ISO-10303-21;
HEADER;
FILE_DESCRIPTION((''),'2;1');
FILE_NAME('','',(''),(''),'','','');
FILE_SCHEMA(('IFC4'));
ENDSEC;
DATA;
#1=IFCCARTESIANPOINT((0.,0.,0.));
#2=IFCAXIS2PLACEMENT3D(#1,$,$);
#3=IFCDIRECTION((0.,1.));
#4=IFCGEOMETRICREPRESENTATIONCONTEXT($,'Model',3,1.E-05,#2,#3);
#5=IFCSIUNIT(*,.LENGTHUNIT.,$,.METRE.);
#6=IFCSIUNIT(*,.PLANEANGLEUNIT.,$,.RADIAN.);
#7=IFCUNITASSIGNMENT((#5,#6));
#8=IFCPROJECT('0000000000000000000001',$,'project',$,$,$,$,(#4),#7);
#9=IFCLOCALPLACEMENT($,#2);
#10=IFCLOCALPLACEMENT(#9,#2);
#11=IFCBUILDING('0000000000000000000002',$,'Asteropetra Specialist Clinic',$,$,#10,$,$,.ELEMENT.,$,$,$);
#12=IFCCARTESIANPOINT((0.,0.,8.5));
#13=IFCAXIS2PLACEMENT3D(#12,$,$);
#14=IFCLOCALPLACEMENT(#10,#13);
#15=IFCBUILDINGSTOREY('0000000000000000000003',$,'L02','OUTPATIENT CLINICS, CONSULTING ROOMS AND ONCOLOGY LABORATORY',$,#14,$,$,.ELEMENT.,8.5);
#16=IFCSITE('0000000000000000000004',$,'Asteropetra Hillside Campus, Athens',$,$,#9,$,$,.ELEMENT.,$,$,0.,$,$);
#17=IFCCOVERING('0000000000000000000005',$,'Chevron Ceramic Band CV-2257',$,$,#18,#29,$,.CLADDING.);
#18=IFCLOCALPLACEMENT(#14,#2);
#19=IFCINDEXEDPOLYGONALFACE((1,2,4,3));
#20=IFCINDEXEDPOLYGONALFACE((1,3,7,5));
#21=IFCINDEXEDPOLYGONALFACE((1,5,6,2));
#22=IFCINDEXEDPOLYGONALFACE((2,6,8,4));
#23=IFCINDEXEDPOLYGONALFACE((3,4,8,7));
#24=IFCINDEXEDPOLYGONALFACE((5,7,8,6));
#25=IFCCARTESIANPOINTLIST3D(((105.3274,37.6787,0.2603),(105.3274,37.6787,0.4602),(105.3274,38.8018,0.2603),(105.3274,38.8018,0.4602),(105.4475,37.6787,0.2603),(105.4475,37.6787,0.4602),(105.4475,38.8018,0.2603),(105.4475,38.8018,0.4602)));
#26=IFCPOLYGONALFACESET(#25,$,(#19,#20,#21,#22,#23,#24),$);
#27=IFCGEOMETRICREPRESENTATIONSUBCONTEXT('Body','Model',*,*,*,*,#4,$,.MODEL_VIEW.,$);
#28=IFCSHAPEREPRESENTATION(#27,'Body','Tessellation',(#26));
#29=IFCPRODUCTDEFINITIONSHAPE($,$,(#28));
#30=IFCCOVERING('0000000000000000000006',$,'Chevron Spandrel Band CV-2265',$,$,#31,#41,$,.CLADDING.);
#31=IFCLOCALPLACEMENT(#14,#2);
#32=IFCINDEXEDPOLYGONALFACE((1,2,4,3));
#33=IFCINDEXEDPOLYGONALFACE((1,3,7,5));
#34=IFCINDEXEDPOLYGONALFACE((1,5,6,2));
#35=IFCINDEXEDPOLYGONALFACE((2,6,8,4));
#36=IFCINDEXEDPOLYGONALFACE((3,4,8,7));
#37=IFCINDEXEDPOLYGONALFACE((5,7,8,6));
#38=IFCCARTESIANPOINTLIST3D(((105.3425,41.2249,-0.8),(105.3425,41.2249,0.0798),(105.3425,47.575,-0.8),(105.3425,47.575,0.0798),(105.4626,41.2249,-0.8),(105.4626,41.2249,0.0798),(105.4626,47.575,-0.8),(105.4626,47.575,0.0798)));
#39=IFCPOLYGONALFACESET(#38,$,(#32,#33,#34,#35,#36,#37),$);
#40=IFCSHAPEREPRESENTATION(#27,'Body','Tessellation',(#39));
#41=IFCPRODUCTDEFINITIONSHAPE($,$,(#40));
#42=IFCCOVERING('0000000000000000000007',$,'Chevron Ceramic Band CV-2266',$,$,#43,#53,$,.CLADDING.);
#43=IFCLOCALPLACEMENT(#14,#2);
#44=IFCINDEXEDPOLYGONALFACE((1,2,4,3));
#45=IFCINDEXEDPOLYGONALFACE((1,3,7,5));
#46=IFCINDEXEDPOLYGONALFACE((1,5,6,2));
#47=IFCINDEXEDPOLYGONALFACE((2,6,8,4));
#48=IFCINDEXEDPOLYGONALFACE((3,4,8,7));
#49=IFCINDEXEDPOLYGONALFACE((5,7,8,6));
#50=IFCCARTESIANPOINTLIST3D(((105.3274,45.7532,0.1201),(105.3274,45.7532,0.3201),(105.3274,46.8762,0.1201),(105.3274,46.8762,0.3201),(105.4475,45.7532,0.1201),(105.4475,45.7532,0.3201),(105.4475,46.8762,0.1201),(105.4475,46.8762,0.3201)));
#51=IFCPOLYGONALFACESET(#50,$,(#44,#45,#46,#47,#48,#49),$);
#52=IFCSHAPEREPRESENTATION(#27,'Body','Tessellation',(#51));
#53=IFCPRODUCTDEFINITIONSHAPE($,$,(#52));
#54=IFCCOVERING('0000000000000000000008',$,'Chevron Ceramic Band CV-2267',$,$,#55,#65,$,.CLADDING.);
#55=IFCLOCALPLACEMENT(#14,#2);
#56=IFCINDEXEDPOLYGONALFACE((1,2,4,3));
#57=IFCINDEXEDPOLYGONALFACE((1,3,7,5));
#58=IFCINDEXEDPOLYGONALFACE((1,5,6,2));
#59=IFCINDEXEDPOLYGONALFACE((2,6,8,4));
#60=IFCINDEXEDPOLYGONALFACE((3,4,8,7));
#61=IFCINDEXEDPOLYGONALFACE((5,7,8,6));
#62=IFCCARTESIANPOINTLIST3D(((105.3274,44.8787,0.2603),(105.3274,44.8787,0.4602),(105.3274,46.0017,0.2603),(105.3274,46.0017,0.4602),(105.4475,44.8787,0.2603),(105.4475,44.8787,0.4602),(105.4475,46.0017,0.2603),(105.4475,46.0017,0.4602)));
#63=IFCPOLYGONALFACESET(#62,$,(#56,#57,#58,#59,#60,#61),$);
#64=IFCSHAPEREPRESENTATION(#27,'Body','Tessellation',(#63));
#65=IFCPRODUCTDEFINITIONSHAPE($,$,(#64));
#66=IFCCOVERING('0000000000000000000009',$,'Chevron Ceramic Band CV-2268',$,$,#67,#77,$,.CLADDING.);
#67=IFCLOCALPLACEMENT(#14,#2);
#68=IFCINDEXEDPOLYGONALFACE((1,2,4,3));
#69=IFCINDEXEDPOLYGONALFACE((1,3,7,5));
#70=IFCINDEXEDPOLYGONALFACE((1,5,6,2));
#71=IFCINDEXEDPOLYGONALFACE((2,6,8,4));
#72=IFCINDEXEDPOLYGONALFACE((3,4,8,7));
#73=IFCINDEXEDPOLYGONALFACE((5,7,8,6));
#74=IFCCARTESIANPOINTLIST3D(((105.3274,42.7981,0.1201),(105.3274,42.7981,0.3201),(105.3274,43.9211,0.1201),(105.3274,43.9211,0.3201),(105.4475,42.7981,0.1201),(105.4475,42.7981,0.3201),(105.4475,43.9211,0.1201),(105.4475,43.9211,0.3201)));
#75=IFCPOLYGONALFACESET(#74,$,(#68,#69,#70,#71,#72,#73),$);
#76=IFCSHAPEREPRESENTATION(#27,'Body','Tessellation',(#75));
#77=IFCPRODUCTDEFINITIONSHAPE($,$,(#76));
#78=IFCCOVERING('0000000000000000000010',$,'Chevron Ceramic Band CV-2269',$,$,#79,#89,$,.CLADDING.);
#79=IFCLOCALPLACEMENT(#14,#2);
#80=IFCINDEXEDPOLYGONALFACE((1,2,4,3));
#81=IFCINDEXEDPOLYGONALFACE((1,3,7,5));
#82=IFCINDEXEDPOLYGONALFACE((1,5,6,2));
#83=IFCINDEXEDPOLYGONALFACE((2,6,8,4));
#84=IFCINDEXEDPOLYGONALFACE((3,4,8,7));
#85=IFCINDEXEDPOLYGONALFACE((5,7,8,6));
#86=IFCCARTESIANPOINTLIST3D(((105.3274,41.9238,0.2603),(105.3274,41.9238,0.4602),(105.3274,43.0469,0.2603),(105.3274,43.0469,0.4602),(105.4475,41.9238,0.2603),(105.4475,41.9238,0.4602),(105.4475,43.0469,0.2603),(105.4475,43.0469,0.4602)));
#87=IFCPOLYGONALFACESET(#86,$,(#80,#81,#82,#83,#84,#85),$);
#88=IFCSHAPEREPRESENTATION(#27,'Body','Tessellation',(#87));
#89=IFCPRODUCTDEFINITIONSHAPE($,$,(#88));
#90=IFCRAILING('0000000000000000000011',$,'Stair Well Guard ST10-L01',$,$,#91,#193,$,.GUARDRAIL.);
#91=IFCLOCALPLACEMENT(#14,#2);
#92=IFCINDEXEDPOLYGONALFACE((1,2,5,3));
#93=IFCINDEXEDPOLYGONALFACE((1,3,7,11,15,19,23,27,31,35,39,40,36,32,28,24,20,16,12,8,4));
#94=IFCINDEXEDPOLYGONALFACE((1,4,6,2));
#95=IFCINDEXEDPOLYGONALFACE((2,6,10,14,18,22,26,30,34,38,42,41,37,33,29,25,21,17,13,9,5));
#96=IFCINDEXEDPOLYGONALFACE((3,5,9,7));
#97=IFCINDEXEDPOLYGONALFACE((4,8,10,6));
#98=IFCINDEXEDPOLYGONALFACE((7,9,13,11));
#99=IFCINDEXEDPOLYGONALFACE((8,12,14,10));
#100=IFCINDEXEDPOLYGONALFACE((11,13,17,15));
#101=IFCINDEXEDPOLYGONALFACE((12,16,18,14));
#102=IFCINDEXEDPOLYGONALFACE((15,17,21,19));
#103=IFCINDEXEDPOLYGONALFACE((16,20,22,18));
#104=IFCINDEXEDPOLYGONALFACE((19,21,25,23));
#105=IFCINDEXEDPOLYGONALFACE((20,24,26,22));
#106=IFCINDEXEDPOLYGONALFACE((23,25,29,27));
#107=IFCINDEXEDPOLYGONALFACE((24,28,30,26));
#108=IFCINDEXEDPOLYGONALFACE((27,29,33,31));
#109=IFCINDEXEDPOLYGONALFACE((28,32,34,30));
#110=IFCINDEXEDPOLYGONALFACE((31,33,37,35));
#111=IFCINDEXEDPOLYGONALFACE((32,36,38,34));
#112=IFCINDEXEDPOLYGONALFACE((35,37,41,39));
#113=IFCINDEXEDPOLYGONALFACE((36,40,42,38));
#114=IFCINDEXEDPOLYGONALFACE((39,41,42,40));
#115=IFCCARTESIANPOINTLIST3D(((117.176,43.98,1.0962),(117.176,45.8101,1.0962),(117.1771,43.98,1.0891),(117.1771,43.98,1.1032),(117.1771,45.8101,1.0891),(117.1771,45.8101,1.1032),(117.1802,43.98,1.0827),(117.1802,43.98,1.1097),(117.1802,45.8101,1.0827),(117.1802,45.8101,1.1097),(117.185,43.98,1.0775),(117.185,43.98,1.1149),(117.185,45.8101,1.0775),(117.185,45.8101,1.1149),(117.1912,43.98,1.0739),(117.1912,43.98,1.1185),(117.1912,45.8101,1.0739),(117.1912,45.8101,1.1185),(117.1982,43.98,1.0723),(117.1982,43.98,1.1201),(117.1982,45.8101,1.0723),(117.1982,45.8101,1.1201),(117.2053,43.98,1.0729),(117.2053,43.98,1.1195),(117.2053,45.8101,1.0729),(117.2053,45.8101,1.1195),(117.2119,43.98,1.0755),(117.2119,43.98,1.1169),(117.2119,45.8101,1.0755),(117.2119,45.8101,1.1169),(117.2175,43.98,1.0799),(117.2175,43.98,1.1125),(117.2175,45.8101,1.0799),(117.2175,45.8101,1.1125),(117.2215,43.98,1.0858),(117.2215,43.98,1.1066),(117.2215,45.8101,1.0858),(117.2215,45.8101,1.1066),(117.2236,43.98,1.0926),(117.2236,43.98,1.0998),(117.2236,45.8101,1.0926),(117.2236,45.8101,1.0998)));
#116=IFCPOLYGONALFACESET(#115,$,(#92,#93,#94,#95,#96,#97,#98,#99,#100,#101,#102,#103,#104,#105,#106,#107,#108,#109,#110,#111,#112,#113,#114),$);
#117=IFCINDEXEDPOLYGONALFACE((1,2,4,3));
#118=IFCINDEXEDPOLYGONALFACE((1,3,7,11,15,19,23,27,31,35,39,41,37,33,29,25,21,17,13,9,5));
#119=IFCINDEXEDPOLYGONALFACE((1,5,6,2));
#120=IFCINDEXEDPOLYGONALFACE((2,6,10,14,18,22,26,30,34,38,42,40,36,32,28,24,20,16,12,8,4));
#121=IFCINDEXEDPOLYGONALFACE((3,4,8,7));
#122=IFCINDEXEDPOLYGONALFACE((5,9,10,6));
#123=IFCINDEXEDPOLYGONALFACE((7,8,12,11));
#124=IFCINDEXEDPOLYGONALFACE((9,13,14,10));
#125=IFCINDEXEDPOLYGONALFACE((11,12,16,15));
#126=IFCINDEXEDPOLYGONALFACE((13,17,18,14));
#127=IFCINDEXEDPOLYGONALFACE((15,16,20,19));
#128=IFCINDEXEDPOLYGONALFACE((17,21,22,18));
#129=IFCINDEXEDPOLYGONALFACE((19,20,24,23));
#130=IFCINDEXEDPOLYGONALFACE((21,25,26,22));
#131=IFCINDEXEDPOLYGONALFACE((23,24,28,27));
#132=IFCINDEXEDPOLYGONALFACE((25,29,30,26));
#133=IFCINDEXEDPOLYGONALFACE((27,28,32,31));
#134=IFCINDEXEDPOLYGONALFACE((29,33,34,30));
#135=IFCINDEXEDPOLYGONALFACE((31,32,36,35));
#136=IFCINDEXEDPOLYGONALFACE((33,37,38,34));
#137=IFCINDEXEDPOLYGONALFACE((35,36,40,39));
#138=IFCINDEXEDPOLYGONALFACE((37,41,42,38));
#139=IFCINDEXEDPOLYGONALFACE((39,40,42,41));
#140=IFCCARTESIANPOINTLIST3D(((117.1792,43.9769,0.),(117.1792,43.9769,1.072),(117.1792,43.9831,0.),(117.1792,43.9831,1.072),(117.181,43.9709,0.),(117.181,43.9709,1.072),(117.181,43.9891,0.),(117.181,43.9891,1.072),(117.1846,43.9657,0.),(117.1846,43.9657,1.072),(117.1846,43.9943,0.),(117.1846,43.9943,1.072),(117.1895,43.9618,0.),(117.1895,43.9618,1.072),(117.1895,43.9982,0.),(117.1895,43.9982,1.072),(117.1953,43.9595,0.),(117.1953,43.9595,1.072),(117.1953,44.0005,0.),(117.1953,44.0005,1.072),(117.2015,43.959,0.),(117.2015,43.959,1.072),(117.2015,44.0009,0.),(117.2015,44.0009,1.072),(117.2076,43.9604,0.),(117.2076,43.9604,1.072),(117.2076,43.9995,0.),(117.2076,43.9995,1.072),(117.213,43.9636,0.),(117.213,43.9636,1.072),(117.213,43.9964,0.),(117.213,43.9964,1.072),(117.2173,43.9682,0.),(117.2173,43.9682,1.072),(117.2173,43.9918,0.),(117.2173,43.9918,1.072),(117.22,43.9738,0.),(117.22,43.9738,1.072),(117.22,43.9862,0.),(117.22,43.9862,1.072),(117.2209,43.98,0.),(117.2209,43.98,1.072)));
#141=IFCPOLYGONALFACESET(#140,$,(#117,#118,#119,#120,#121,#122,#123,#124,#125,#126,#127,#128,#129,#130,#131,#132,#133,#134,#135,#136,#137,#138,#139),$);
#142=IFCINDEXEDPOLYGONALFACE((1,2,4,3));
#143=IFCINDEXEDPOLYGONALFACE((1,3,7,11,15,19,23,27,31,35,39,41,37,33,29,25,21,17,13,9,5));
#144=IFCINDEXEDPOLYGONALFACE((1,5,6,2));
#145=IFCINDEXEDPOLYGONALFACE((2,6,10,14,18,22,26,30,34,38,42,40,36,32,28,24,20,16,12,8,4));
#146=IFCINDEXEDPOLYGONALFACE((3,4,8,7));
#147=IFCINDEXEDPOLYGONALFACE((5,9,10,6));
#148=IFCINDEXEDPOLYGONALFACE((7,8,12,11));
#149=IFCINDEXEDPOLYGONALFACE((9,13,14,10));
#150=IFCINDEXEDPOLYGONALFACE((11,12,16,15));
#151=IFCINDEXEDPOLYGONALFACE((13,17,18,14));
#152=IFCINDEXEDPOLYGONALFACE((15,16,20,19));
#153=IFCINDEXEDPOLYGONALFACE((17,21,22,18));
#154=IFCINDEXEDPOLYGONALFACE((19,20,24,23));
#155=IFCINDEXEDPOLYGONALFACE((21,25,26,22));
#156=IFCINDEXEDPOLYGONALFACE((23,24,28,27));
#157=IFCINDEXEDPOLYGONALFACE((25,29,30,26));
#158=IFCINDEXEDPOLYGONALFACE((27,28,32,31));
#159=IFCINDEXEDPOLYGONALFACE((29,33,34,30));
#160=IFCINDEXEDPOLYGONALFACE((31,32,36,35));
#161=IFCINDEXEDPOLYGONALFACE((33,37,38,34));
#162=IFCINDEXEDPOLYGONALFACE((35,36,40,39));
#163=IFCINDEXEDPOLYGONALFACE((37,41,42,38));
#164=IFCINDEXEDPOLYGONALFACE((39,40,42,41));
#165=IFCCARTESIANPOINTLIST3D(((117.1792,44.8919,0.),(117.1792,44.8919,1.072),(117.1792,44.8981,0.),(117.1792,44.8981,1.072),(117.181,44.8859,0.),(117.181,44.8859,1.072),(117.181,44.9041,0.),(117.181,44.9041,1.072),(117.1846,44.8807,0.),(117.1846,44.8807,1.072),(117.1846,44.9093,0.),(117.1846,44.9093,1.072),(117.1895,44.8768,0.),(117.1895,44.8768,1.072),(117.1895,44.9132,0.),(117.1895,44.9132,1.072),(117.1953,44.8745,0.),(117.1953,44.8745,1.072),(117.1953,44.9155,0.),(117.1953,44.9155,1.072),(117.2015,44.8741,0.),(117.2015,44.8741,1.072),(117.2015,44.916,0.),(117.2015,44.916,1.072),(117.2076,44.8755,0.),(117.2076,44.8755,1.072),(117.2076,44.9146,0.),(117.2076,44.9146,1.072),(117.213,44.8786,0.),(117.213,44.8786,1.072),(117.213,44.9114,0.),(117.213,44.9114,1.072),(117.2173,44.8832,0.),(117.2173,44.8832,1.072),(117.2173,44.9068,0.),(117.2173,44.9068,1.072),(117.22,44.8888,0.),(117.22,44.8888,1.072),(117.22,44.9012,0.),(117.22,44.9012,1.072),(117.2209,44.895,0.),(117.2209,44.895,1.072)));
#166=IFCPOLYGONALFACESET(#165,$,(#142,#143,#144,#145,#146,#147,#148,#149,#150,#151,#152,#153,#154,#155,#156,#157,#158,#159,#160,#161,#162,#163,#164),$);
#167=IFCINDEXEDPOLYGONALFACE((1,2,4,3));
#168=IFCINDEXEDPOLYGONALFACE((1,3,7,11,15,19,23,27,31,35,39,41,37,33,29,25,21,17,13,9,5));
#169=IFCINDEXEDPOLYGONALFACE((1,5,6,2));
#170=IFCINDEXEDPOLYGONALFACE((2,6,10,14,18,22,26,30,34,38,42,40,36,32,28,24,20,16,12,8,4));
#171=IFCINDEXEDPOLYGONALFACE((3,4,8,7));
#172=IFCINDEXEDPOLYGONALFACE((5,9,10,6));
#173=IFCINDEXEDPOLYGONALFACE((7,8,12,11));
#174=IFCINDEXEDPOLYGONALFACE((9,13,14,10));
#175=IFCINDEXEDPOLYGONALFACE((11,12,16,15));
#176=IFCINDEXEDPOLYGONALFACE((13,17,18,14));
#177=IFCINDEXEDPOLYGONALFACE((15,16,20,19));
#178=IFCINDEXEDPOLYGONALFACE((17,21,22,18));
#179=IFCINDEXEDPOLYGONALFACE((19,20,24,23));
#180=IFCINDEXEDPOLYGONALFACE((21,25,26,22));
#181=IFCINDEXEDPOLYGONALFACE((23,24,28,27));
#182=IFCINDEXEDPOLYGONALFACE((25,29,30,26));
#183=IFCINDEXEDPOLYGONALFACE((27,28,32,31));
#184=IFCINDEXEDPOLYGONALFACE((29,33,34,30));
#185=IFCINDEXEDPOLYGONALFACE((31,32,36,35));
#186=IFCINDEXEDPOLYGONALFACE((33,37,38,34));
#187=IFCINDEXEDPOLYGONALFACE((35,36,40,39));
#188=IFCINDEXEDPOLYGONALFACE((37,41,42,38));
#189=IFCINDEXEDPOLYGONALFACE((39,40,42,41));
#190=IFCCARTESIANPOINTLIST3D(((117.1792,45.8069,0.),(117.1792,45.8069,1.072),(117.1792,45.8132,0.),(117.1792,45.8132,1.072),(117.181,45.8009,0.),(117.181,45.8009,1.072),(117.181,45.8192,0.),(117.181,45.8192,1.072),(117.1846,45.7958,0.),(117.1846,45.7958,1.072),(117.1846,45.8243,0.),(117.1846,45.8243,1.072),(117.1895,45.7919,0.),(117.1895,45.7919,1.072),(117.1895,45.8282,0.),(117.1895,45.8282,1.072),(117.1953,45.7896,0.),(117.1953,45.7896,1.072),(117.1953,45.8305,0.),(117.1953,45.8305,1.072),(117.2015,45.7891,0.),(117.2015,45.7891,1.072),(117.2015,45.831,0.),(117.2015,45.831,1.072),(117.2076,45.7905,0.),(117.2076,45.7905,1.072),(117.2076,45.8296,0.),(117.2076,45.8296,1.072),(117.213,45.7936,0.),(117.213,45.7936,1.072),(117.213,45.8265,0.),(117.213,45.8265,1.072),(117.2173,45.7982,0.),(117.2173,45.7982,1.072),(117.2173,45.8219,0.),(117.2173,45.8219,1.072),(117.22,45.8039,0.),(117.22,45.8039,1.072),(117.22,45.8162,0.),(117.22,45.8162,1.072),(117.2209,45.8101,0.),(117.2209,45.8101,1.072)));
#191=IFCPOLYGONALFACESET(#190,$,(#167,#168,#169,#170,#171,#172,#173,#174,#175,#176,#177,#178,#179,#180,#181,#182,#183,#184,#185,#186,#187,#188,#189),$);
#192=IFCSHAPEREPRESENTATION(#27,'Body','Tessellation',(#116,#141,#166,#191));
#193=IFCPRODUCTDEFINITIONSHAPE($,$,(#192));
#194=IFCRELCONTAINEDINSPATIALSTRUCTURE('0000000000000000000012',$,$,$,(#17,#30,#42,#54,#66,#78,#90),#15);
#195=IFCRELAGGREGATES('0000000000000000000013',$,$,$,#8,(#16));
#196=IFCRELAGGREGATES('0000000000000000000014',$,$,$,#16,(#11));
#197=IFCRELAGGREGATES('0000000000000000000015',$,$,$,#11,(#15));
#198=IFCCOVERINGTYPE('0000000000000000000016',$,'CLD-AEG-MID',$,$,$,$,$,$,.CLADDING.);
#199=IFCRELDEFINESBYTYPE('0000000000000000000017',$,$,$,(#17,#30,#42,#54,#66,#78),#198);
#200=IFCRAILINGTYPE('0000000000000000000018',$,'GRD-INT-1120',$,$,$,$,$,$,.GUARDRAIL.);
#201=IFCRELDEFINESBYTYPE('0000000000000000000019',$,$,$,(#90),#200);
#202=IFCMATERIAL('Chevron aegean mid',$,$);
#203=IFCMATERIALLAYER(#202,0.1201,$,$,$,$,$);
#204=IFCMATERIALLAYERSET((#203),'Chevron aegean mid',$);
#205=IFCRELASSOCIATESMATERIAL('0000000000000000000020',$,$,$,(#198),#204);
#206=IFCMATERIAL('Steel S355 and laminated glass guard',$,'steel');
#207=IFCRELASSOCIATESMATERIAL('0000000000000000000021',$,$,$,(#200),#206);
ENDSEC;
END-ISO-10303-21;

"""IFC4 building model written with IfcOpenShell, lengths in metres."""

from ifc_helpers import new_model, si_unit, direction, frame, origin, origin_2d, place, context, subcontext, project, spatial, rectangle, circle, extrude, material, layer, layer_set, type_object, element, save


model = new_model("IFC4")

# Units and contexts
model_context = context("Model", 3, precision=1e-05, world=origin(), true_north=direction((0.0, 1.0)))
body_context = subcontext(model_context, "Body", "Model", "MODEL_VIEW")
ifc_project = project(units=[si_unit("LENGTHUNIT", "METRE"), si_unit("PLANEANGLEUNIT", "RADIAN")], contexts=[model_context])

# Site, building, storey
site_placement = place(None, origin())
site = spatial("IfcSite", under=ifc_project, at=site_placement, Name="Asteropetra Hillside Campus, Athens", CompositionType="ELEMENT", RefElevation=0.0)
building_placement = place(site_placement, origin())
building = spatial("IfcBuilding", under=site, at=building_placement, Name="Asteropetra Specialist Clinic", CompositionType="ELEMENT")
storey_placement = place(building_placement, frame((0.0, 0.0, 8.5)))
storey = spatial("IfcBuildingStorey", under=building, at=storey_placement, Name="L02", Description="OUTPATIENT CLINICS, CONSULTING ROOMS AND ONCOLOGY LABORATORY", CompositionType="ELEMENT", Elevation=8.5)

# Coverings
ifc_material_1 = material(Name="Chevron aegean mid")
ifc_layer_1 = layer(ifc_material_1, 0.1201)
ifc_layer_set_1 = layer_set([ifc_layer_1], Name="Chevron aegean mid")
covering_type = type_object("IfcCoveringType", Name="CLD-AEG-MID", PredefinedType="CLADDING", material=ifc_layer_set_1)
for number, where, z_axis, x_axis, name in (
    (1, (105.3875, 38.2402, 0.2603), (0.0, 0.0, 1.0), (1.0, 0.0, 0.0), "Chevron Ceramic Band CV-2257"),
):
    element("IfcCovering", number, at=place(storey_placement, frame(where, z_axis=z_axis, x_axis=x_axis)), inside=storey, type_object=covering_type, Name=name, PredefinedType="CLADDING", context=body_context, shape_type="SweptSolid", body=[
        extrude(rectangle(XDim=0.1201, YDim=1.123, at=origin_2d()), origin(), (0.0, 0.0, 1.0), 0.2),
    ])
covering_1_placement = place(storey_placement, frame((105.4026, 44.3999, -0.8), z_axis=(0.0, 0.0, 1.0), x_axis=(1.0, 0.0, 0.0)))
element("IfcCovering", 2, at=covering_1_placement, inside=storey, type_object=covering_type, Name="Chevron Spandrel Band CV-2265", PredefinedType="CLADDING", context=body_context, shape_type="SweptSolid", body=[
    extrude(rectangle(XDim=0.1201, YDim=6.3501, at=origin_2d()), origin(), (0.0, 0.0, 1.0), 0.8799),
])
for number, where, z_axis, x_axis, name in (
    (3, (105.3875, 46.3147, 0.1201), (0.0, 0.0, 1.0), (1.0, 0.0, 0.0), "Chevron Ceramic Band CV-2266"),
    (4, (105.3875, 45.4402, 0.2603), (0.0, 0.0, 1.0), (1.0, 0.0, 0.0), "Chevron Ceramic Band CV-2267"),
    (5, (105.3875, 43.3596, 0.1201), (0.0, 0.0, 1.0), (1.0, 0.0, 0.0), "Chevron Ceramic Band CV-2268"),
    (6, (105.3875, 42.4854, 0.2603), (0.0, 0.0, 1.0), (1.0, 0.0, 0.0), "Chevron Ceramic Band CV-2269"),
):
    element("IfcCovering", number, at=place(storey_placement, frame(where, z_axis=z_axis, x_axis=x_axis)), inside=storey, type_object=covering_type, Name=name, PredefinedType="CLADDING", context=body_context, shape_type="SweptSolid", body=[
        extrude(rectangle(XDim=0.1201, YDim=1.123, at=origin_2d()), origin(), (0.0, 0.0, 1.0), 0.2),
    ])

# Railing
ifc_material_2 = material(Name="Steel S355 and laminated glass guard", Category="steel")
railing_type_1 = type_object("IfcRailingType", Name="GRD-INT-1120", PredefinedType="GUARDRAIL", material=ifc_material_2)
railing_1_placement = place(storey_placement, frame((117.2, 43.98, 0.0)))
element("IfcRailing", 7, at=railing_1_placement, inside=storey, type_object=railing_type_1, Name="Stair Well Guard ST10-L01", PredefinedType="GUARDRAIL", context=body_context, shape_type="SweptSolid", body=[
    extrude(circle(Radius=0.0239, at=origin_2d()), frame((0.0, 0.0, 1.0962), z_axis=(0.0, 1.0, 0.0), x_axis=(-1.0, 0.0, 0.0)), (0.0, 0.0, 1.0), 1.8301),
    extrude(circle(Radius=0.021, at=origin_2d()), origin(), (0.0, 0.0, 1.0), 1.072),
    extrude(circle(Radius=0.021, at=origin_2d()), frame((0.0, 0.915, 0.0)), (0.0, 0.0, 1.0), 1.072),
    extrude(circle(Radius=0.021, at=origin_2d()), frame((0.0, 1.8301, 0.0)), (0.0, 0.0, 1.0), 1.072),
])

save(model, "model.ifc")
